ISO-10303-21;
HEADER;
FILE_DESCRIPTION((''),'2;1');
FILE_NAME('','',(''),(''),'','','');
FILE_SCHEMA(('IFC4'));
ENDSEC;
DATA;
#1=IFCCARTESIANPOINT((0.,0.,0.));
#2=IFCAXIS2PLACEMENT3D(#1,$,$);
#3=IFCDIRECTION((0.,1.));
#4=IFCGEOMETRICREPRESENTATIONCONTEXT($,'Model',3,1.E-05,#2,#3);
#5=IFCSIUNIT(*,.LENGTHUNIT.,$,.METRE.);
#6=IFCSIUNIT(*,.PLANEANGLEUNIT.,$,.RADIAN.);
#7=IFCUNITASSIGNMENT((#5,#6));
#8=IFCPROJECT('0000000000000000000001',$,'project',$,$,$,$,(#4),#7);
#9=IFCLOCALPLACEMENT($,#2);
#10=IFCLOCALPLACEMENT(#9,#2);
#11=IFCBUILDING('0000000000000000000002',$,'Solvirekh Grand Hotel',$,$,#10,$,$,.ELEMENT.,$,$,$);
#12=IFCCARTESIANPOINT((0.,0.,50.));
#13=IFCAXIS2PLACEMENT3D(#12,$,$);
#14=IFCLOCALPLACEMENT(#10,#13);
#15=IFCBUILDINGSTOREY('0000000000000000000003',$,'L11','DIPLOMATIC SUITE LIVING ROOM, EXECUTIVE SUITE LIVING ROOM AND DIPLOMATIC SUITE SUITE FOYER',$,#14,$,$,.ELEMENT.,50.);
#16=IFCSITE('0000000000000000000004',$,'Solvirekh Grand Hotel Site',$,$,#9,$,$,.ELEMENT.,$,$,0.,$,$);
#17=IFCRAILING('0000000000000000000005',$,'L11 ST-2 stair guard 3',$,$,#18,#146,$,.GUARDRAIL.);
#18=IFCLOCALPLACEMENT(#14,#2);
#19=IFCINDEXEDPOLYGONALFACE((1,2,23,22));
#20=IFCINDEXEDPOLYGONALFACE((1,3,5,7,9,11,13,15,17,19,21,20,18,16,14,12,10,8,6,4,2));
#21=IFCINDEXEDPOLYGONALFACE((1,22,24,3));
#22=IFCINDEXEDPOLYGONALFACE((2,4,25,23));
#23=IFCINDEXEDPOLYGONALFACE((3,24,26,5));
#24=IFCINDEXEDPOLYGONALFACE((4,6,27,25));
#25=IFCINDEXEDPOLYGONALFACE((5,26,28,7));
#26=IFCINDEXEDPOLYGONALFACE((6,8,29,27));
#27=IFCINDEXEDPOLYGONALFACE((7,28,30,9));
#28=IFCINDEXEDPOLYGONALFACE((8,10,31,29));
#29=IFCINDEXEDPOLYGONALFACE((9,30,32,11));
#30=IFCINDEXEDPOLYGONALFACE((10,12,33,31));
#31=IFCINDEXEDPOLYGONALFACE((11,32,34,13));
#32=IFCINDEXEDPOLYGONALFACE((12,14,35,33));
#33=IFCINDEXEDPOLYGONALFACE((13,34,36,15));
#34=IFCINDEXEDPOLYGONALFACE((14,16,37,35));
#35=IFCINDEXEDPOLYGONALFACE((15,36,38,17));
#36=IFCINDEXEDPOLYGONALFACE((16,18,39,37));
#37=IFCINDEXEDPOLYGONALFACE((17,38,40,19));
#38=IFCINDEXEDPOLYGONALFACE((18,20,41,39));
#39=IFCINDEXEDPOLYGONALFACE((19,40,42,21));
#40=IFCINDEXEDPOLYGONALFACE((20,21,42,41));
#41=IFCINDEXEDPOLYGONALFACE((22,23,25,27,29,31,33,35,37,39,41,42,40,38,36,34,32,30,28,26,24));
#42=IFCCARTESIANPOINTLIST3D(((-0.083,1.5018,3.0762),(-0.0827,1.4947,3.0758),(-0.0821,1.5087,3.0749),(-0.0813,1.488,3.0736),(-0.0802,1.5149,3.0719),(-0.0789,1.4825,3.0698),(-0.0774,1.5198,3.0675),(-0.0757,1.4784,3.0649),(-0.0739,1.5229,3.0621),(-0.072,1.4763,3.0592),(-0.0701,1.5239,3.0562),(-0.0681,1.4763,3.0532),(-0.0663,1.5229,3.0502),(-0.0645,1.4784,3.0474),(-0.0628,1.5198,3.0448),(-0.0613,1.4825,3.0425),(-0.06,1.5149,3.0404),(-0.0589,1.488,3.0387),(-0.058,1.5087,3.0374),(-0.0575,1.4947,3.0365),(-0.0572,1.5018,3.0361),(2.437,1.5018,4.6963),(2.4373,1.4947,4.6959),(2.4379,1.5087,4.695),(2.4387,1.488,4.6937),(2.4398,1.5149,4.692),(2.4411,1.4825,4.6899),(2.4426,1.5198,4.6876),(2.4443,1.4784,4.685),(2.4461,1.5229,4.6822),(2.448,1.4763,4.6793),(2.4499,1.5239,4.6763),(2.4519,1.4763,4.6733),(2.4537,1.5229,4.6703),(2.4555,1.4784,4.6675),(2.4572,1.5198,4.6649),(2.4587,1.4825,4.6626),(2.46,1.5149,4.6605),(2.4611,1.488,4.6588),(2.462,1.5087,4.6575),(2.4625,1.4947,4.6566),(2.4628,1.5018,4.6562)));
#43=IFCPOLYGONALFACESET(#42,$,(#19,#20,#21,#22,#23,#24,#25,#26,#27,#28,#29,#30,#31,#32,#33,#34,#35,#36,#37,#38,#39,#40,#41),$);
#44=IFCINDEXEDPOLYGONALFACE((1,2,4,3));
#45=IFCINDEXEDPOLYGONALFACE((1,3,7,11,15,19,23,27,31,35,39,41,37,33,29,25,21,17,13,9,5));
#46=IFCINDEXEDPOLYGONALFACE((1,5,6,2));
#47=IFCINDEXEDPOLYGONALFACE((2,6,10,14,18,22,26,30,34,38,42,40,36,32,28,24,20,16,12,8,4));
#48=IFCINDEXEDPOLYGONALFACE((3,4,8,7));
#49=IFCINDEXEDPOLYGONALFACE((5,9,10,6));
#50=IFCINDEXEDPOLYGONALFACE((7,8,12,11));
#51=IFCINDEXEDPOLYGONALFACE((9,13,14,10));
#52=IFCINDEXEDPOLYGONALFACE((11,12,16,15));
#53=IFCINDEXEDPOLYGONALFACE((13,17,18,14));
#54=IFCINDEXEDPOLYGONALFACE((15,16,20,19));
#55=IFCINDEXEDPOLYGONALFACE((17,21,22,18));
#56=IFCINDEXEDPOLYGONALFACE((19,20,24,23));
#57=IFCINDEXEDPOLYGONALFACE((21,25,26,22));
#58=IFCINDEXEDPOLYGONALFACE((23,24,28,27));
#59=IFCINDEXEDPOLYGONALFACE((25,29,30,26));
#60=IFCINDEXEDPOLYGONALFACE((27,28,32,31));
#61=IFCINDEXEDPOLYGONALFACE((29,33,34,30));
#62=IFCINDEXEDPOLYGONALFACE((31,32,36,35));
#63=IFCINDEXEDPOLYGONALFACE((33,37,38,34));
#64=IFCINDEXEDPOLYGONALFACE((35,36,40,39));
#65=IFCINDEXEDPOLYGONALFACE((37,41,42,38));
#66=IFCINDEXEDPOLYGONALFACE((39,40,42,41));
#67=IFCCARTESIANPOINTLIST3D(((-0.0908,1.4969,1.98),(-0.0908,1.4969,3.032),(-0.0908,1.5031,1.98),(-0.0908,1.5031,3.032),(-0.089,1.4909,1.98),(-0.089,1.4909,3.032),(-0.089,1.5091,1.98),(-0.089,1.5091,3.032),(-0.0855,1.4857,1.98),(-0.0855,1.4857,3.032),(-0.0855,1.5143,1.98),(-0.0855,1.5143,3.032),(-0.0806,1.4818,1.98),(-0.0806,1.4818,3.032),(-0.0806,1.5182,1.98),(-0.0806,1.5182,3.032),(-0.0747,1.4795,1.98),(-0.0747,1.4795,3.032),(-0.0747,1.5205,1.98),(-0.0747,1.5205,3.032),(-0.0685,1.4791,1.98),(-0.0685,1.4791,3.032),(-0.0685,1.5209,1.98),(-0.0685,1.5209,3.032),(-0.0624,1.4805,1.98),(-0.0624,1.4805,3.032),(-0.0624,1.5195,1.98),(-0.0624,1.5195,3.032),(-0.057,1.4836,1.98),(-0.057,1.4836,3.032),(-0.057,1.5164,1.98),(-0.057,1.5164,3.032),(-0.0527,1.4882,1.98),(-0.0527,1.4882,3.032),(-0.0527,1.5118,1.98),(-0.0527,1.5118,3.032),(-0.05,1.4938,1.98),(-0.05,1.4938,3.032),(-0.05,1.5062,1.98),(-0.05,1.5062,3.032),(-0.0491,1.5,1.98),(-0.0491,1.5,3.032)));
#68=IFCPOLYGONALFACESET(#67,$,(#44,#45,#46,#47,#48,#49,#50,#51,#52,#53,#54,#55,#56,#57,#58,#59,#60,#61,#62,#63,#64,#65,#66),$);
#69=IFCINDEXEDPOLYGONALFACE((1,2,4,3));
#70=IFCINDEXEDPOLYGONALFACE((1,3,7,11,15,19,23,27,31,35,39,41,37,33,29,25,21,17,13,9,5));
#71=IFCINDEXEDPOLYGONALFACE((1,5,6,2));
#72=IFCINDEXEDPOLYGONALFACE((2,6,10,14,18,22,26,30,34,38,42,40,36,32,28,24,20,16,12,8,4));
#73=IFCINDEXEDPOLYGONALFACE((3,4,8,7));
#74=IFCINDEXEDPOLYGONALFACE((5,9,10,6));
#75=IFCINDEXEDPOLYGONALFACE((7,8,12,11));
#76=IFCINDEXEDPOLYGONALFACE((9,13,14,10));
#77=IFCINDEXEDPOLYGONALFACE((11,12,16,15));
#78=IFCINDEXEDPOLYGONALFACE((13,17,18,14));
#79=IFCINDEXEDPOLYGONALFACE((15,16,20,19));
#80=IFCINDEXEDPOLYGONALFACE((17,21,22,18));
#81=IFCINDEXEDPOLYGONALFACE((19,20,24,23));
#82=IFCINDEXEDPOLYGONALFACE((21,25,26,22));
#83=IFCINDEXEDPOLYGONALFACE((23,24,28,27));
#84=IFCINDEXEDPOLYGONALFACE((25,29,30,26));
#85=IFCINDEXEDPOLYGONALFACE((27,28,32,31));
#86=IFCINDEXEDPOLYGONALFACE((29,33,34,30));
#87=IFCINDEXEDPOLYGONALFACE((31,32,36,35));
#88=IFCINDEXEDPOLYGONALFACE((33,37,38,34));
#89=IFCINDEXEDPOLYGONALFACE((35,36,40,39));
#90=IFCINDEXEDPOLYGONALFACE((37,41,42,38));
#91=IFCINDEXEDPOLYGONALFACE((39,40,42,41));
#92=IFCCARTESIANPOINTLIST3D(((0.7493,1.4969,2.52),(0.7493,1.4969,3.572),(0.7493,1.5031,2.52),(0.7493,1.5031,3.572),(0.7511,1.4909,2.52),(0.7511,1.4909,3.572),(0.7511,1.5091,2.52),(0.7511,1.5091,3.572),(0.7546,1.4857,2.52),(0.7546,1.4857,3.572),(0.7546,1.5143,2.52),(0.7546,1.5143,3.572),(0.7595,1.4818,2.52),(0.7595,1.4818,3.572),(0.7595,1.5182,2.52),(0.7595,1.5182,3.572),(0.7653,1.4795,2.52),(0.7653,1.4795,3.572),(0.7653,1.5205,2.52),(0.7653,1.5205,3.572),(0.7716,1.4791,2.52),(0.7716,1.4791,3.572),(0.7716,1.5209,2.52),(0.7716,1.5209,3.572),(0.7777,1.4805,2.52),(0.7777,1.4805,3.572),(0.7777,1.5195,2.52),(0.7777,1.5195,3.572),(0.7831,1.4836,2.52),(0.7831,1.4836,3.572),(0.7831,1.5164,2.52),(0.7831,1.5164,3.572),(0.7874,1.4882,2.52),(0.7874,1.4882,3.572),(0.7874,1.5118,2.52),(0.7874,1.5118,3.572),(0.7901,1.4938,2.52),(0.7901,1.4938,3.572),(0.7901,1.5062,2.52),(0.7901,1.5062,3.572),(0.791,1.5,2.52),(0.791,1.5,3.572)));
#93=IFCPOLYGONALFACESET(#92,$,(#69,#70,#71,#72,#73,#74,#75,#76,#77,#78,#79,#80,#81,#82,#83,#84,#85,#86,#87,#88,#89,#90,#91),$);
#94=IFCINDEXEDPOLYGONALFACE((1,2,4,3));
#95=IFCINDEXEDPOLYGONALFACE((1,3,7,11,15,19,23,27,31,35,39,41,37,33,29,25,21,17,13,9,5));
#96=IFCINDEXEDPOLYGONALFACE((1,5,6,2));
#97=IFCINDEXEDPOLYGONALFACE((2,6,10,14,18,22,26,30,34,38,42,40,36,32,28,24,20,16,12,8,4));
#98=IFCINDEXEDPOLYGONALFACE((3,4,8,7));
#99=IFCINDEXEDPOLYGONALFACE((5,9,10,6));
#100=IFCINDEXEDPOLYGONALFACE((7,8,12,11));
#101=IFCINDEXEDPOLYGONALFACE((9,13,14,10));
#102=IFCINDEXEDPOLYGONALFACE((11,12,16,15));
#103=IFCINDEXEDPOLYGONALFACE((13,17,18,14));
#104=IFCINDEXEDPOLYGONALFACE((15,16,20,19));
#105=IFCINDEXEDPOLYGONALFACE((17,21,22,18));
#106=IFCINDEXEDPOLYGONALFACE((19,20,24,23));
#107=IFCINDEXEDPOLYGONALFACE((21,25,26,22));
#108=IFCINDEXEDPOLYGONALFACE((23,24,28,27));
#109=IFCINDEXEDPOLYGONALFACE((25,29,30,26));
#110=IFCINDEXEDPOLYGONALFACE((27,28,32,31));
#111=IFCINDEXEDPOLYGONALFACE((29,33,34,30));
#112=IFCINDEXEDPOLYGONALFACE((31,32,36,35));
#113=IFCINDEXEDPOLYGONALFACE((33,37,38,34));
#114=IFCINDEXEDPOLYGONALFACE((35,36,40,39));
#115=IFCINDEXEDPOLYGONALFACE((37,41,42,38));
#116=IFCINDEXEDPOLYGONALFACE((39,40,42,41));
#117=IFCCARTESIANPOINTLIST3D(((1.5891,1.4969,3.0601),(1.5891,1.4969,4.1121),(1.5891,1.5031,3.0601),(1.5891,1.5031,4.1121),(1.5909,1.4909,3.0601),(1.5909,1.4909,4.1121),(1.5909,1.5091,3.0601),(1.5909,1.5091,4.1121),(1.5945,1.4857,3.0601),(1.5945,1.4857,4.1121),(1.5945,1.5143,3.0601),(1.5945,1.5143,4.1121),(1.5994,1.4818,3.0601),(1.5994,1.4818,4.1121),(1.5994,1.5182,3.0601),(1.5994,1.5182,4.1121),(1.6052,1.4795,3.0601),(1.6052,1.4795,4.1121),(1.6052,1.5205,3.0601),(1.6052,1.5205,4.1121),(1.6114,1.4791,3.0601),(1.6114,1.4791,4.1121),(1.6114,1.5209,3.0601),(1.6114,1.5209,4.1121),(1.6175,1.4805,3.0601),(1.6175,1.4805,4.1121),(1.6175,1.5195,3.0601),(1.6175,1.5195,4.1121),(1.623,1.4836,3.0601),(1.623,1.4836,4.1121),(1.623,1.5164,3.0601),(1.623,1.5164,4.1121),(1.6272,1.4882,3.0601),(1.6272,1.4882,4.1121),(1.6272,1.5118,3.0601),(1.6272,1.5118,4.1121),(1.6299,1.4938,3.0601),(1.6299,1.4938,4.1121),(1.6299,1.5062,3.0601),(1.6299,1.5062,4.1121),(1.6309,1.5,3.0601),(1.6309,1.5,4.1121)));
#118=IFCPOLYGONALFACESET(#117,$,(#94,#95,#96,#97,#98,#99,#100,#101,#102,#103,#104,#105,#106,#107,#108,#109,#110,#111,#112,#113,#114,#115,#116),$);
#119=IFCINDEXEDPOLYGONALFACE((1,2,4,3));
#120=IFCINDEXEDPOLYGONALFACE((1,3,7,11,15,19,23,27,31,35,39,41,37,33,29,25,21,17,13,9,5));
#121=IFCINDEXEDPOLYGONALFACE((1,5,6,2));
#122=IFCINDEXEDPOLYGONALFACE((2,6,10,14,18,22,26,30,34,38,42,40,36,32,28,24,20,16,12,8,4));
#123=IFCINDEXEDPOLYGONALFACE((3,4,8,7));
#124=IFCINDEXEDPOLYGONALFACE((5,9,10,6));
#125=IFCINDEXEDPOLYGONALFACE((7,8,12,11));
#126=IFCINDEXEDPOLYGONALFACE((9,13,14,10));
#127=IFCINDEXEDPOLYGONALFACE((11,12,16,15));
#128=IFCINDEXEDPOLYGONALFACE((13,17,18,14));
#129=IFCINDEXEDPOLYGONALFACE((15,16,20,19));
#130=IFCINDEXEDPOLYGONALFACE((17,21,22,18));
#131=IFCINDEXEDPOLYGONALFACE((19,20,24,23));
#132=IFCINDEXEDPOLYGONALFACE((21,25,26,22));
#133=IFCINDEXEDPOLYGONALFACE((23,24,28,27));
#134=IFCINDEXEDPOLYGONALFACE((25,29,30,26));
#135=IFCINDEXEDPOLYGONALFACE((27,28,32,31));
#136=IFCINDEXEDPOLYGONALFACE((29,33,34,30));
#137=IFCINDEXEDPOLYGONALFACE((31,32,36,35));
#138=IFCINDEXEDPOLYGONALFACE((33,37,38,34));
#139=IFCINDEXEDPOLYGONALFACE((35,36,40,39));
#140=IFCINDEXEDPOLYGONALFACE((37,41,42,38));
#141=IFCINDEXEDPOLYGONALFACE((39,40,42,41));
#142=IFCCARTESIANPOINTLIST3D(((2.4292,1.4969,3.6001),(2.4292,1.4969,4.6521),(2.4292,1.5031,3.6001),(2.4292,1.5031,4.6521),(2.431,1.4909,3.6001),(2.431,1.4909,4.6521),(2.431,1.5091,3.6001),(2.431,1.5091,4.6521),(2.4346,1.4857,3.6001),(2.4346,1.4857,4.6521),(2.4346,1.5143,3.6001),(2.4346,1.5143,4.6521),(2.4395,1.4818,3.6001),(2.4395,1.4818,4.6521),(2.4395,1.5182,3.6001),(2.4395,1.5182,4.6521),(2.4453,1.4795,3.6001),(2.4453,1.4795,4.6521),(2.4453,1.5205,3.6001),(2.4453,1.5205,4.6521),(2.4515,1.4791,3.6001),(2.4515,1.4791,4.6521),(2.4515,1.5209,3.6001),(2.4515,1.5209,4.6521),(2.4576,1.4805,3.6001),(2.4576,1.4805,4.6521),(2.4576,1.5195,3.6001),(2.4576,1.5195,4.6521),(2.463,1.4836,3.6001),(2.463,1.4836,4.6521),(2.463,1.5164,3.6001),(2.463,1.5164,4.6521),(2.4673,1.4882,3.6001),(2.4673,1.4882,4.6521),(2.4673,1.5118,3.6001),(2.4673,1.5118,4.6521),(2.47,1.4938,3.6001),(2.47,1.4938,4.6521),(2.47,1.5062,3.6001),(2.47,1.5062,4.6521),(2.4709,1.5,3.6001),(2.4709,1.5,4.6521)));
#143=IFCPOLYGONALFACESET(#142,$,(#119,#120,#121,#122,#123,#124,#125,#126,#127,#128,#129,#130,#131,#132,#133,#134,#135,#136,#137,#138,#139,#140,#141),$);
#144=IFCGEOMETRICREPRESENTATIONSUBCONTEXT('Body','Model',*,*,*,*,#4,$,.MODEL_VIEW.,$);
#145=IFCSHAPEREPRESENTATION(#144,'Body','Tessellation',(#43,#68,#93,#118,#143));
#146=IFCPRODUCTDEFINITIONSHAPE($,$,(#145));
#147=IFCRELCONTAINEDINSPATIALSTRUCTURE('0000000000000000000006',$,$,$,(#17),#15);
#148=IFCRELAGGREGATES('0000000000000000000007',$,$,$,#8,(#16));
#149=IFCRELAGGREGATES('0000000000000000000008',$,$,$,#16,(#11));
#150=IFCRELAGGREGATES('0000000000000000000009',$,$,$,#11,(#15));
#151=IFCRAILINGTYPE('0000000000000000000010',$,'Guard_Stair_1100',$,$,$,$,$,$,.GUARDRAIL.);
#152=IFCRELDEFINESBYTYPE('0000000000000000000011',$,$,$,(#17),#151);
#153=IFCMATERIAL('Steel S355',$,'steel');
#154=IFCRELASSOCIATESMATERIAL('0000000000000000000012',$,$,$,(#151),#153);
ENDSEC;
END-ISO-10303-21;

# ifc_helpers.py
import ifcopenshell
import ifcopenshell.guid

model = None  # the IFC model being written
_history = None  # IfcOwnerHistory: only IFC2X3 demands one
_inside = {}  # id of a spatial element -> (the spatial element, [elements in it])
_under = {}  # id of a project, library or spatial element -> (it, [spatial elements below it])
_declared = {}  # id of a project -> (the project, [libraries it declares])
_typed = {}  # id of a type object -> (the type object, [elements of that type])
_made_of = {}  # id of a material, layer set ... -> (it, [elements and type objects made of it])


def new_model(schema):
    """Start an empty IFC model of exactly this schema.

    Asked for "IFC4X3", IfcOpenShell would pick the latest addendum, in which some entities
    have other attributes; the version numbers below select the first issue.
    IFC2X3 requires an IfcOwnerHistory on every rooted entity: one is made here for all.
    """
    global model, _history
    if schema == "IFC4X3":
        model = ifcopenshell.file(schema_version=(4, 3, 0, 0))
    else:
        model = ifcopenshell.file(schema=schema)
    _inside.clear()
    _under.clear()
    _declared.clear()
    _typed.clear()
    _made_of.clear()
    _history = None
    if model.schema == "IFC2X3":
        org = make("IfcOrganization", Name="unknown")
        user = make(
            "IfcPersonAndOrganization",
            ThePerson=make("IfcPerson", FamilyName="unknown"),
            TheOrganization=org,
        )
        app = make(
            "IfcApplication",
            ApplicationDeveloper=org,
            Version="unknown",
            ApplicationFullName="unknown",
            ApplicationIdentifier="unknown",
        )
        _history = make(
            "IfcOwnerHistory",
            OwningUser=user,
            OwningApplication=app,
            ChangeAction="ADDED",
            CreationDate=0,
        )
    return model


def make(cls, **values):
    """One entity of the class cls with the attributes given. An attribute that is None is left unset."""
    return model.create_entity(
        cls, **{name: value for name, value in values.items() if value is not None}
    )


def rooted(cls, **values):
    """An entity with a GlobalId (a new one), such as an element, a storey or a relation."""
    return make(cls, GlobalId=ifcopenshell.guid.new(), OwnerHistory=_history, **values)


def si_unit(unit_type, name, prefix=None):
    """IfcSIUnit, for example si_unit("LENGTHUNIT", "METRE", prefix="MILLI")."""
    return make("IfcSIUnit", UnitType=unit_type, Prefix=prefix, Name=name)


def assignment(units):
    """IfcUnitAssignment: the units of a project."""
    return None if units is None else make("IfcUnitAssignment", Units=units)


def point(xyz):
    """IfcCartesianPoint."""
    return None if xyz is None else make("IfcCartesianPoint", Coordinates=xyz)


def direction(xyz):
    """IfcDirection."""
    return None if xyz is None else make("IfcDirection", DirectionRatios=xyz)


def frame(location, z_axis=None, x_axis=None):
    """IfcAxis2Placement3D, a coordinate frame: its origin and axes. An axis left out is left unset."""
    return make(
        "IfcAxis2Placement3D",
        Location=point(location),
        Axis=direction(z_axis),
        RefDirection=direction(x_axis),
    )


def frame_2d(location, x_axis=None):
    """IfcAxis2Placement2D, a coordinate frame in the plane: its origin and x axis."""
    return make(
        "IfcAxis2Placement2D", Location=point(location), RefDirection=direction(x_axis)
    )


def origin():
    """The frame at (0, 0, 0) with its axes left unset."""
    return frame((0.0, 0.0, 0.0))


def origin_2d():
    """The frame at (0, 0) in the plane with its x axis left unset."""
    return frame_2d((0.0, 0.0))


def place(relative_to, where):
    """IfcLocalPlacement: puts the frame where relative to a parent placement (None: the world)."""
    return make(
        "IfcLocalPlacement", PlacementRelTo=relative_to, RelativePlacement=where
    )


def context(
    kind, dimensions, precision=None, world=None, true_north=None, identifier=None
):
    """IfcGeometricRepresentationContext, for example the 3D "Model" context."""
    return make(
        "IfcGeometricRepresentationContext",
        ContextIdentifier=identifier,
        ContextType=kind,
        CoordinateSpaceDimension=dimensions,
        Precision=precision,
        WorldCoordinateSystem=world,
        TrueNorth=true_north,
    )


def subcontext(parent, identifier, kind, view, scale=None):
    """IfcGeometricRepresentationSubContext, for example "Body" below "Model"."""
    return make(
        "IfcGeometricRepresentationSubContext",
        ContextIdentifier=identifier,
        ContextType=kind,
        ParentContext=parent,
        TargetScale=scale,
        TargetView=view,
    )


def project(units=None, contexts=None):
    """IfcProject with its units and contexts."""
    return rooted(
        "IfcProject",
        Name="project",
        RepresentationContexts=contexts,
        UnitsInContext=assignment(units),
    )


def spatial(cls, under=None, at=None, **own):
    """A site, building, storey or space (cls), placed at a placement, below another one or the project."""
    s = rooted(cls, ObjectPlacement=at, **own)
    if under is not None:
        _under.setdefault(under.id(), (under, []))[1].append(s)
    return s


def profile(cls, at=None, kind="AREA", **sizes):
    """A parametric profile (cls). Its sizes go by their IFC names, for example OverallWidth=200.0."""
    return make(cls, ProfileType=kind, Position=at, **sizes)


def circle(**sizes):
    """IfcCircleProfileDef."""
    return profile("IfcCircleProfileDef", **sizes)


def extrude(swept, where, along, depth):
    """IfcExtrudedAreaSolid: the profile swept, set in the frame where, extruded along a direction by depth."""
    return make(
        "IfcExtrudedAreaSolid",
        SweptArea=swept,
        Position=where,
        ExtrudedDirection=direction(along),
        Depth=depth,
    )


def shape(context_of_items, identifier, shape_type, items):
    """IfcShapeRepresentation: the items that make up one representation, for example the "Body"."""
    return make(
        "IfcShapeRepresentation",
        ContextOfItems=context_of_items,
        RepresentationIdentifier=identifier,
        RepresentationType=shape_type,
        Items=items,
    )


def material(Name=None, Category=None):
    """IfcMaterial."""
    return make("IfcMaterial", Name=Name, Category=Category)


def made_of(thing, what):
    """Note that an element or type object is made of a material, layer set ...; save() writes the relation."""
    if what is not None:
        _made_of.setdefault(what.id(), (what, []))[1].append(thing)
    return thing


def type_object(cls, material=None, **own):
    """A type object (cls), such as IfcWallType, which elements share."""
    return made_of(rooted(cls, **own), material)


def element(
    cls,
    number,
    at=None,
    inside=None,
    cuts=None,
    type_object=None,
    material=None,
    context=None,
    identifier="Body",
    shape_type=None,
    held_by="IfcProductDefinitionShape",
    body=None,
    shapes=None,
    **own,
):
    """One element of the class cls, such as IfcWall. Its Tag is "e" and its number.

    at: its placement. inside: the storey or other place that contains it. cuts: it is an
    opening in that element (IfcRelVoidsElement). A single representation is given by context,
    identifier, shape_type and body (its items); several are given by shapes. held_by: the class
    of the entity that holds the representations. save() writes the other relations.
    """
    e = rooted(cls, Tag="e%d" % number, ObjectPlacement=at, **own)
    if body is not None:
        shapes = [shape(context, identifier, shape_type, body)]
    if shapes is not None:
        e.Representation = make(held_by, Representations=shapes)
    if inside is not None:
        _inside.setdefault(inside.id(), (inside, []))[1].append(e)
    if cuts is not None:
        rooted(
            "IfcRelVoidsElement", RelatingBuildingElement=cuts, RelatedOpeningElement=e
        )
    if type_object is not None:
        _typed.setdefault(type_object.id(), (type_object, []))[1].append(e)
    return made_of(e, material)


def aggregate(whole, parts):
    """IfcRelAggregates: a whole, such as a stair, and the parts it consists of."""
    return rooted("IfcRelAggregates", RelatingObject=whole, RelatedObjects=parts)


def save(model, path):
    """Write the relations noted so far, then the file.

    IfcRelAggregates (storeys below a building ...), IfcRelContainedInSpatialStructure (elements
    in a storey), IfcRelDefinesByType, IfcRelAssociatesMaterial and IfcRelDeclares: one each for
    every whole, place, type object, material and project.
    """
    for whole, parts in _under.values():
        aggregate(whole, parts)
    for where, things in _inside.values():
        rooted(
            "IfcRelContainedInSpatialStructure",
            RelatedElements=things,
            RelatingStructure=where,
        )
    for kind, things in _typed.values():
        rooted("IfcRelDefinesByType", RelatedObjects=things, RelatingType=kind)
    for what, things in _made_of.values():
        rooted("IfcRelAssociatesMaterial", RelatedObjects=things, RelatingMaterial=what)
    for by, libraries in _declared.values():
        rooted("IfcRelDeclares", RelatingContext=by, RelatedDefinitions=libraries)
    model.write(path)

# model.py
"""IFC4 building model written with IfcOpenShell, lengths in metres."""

from ifc_helpers import new_model, si_unit, direction, frame, origin, origin_2d, place, context, subcontext, project, spatial, circle, extrude, material, type_object, element, save


model = new_model("IFC4")

# Units and contexts
model_context = context("Model", 3, precision=1e-05, world=origin(), true_north=direction((0.0, 1.0)))
body_context = subcontext(model_context, "Body", "Model", "MODEL_VIEW")
ifc_project = project(units=[si_unit("LENGTHUNIT", "METRE"), si_unit("PLANEANGLEUNIT", "RADIAN")], contexts=[model_context])

# Site, building, storey
site_placement = place(None, origin())
site = spatial("IfcSite", under=ifc_project, at=site_placement, Name="Solvirekh Grand Hotel Site", CompositionType="ELEMENT", RefElevation=0.0)
building_placement = place(site_placement, origin())
building = spatial("IfcBuilding", under=site, at=building_placement, Name="Solvirekh Grand Hotel", CompositionType="ELEMENT")
storey_placement = place(building_placement, frame((0.0, 0.0, 50.0)))
storey = spatial("IfcBuildingStorey", under=building, at=storey_placement, Name="L11", Description="DIPLOMATIC SUITE LIVING ROOM, EXECUTIVE SUITE LIVING ROOM AND DIPLOMATIC SUITE SUITE FOYER", CompositionType="ELEMENT", Elevation=50.0)

# Shared definitions
ifc_material_1 = material(Name="Steel S355", Category="steel")

# Railing
railing_type_1 = type_object("IfcRailingType", Name="Guard_Stair_1100", PredefinedType="GUARDRAIL", material=ifc_material_1)
railing_1_placement = place(storey_placement, frame((-0.0701, 1.5, 1.98)))
element("IfcRailing", 1, at=railing_1_placement, inside=storey, type_object=railing_type_1, Name="L11 ST-2 stair guard 3", PredefinedType="GUARDRAIL", context=body_context, shape_type="SweptSolid", body=[
    extrude(circle(Radius=0.0239, at=origin_2d()), frame((0.0, 0.0, 1.0762), z_axis=(0.841163, 0.0, 0.540782), x_axis=(0.0, 1.0, 0.0)), (0.0, 0.0, 1.0), 2.9958),
    extrude(circle(Radius=0.021, at=origin_2d()), origin(), (0.0, 0.0, 1.0), 1.052),
    extrude(circle(Radius=0.021, at=origin_2d()), frame((0.8401, 0.0, 0.54)), (0.0, 0.0, 1.0), 1.052),
    extrude(circle(Radius=0.021, at=origin_2d()), frame((1.6799, 0.0, 1.0801)), (0.0, 0.0, 1.0), 1.052),
    extrude(circle(Radius=0.021, at=origin_2d()), frame((2.52, 0.0, 1.6201)), (0.0, 0.0, 1.0), 1.052),
])

save(model, "model.ifc")
